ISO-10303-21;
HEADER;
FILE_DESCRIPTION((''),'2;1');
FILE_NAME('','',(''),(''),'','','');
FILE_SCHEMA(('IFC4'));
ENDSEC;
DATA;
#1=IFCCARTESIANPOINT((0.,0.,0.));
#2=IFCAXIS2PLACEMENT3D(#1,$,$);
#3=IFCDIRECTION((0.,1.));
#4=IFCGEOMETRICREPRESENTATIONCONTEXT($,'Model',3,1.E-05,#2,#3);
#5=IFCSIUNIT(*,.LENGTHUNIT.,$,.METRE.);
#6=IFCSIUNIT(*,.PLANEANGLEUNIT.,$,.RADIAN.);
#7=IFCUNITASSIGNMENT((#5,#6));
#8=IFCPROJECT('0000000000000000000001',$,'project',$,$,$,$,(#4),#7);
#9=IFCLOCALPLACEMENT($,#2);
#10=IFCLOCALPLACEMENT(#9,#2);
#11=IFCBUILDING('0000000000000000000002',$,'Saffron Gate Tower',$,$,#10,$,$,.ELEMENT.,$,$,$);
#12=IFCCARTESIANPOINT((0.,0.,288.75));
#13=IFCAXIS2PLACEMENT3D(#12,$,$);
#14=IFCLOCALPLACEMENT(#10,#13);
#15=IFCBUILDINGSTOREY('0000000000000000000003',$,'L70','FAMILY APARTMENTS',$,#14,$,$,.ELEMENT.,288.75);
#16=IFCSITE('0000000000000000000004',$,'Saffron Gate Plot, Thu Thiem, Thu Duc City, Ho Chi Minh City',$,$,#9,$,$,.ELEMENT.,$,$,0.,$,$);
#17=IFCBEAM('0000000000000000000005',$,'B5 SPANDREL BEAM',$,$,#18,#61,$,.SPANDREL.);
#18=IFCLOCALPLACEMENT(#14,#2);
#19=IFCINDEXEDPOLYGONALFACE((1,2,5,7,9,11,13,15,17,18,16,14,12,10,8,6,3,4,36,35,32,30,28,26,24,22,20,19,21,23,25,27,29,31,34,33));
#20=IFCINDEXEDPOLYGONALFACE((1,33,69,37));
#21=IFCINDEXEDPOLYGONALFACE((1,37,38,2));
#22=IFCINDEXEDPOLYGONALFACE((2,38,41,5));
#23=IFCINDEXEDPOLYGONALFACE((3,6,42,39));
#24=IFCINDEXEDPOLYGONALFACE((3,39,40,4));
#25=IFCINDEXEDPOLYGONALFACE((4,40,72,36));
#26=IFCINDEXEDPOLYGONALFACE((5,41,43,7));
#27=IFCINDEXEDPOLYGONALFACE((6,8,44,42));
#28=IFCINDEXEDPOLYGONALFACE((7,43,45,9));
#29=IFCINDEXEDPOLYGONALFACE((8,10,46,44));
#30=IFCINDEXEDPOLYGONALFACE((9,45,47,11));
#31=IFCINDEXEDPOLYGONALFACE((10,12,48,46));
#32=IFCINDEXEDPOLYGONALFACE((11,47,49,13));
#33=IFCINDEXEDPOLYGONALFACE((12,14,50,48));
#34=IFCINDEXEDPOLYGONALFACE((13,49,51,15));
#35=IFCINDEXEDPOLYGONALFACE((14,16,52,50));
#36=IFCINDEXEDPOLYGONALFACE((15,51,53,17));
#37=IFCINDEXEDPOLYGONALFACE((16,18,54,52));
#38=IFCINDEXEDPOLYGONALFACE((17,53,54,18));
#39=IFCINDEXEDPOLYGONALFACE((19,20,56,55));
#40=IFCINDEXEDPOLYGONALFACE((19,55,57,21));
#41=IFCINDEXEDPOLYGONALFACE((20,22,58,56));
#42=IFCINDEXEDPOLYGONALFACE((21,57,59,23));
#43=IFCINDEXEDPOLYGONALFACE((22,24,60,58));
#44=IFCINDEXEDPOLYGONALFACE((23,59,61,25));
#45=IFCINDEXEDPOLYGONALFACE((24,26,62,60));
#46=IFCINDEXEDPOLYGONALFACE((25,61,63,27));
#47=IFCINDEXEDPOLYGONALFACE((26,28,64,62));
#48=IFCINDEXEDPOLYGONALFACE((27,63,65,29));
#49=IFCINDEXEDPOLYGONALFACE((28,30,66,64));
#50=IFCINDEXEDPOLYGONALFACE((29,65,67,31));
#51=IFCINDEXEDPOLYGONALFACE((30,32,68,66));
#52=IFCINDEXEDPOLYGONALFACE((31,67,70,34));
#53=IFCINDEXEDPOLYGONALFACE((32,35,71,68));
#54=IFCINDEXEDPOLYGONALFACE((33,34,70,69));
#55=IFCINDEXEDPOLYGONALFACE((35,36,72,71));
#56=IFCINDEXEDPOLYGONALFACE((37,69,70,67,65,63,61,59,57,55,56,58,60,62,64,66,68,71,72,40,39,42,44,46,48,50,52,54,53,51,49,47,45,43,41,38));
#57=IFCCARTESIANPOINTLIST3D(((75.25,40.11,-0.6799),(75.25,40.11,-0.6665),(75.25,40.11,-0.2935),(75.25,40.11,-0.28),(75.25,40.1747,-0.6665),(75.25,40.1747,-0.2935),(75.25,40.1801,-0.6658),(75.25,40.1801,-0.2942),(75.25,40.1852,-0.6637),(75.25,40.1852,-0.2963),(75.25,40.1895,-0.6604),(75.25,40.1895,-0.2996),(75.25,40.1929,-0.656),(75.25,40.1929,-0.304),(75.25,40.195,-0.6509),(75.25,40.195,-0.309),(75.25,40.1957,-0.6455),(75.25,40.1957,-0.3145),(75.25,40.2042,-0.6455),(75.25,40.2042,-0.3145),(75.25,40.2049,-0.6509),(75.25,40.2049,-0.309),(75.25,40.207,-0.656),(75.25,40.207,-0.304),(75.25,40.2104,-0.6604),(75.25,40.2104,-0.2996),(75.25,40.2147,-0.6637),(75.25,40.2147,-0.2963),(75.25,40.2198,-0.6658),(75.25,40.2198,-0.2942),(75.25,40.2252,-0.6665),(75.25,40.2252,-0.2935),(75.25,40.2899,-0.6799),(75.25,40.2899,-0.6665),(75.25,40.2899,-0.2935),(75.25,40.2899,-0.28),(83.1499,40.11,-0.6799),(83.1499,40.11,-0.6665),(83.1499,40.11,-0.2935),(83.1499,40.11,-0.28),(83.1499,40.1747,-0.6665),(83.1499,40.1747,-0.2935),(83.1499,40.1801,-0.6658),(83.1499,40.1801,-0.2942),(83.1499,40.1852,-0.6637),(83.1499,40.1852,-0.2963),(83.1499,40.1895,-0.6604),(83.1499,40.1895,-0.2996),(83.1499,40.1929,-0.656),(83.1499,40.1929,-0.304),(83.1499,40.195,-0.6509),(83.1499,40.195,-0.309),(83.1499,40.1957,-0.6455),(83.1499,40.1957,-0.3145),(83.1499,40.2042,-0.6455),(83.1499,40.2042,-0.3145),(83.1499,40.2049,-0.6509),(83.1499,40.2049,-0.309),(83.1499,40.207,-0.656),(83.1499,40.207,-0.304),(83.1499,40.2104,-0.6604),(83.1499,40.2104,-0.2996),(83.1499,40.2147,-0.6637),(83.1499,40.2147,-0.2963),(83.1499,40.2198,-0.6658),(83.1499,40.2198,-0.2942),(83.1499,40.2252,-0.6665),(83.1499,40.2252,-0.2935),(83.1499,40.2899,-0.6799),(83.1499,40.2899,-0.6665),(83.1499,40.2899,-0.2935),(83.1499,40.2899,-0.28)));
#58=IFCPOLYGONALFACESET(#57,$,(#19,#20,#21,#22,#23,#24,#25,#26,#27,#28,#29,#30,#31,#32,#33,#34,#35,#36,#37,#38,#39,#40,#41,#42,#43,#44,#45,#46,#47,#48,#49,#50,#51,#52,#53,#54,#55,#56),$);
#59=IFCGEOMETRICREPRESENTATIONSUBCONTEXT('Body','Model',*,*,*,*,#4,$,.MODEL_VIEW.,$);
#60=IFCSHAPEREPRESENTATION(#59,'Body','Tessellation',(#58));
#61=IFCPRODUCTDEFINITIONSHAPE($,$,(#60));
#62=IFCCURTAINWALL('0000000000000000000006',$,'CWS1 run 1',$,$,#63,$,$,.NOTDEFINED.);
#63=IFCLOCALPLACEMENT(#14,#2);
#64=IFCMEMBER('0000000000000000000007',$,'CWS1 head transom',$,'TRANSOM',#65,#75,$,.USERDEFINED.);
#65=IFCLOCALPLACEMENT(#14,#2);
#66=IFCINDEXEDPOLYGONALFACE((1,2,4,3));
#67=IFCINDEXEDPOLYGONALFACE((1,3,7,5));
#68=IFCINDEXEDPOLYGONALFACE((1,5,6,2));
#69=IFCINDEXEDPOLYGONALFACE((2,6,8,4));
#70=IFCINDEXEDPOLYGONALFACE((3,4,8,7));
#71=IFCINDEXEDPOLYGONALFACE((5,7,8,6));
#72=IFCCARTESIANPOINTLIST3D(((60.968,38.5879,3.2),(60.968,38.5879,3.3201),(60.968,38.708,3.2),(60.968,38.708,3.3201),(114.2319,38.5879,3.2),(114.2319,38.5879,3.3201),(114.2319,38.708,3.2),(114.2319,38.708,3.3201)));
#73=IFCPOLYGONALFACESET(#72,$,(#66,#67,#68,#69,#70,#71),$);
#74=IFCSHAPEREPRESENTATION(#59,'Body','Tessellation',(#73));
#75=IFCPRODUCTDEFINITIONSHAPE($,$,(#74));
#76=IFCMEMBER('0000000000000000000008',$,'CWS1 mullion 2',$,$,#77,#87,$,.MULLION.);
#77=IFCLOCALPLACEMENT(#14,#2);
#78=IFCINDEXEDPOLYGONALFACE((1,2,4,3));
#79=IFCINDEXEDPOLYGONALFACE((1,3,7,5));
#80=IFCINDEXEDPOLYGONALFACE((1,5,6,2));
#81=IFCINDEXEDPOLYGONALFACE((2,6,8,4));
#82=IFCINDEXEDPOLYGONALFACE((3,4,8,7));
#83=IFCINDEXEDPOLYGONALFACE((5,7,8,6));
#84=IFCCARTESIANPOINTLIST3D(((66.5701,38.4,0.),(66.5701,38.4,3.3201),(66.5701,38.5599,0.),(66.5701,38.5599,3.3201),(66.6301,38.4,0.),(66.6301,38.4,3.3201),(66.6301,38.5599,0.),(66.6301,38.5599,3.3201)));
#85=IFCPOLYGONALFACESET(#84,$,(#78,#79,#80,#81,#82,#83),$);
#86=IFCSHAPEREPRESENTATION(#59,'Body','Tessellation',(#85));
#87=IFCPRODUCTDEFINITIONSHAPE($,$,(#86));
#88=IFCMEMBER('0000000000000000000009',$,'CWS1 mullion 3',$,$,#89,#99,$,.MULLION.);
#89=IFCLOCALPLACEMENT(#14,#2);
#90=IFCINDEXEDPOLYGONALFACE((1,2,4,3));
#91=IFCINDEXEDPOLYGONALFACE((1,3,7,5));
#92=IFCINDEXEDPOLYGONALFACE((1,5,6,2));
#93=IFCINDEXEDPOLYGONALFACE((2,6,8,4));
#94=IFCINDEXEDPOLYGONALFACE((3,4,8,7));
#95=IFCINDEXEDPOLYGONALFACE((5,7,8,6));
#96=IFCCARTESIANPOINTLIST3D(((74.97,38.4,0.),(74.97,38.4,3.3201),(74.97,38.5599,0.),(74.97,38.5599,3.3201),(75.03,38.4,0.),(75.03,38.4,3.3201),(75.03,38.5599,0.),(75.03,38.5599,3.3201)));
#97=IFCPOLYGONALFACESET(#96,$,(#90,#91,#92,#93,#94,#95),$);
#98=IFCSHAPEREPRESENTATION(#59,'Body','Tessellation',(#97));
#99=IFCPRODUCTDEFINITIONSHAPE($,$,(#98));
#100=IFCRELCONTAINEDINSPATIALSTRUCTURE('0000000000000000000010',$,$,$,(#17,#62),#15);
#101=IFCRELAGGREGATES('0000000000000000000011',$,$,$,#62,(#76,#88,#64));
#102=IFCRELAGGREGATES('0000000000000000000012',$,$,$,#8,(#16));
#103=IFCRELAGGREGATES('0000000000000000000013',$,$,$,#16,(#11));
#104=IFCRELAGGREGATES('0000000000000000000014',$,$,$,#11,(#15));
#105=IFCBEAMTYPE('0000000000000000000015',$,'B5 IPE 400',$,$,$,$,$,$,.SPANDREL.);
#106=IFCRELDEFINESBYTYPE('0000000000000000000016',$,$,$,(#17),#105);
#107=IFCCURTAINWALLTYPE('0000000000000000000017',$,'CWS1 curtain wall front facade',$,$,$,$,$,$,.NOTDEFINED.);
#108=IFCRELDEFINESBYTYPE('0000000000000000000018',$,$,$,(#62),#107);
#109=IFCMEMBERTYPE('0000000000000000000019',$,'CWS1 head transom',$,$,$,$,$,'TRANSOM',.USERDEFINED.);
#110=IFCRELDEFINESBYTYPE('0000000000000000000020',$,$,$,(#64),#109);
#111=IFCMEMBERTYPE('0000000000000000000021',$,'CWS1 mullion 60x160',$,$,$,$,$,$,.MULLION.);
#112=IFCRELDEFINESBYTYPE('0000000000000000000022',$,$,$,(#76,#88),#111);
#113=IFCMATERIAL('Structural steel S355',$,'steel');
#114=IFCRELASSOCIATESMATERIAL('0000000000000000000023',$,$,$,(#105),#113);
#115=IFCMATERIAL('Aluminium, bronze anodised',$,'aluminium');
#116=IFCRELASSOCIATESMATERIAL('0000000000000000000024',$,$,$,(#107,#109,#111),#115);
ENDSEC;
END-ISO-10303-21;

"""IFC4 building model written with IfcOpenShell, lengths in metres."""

from ifc_helpers import new_model, si_unit, direction, frame, origin, origin_2d, place, context, subcontext, project, spatial, rectangle, i_section, extrude, material, material_profile, profile_set, type_object, element, aggregate, save


model = new_model("IFC4")

# Units and contexts
model_context = context("Model", 3, precision=1e-05, world=origin(), true_north=direction((0.0, 1.0)))
body_context = subcontext(model_context, "Body", "Model", "MODEL_VIEW")
ifc_project = project(units=[si_unit("LENGTHUNIT", "METRE"), si_unit("PLANEANGLEUNIT", "RADIAN")], contexts=[model_context])

# Site, building, storey
site_placement = place(None, origin())
site = spatial("IfcSite", under=ifc_project, at=site_placement, Name="Saffron Gate Plot, Thu Thiem, Thu Duc City, Ho Chi Minh City", CompositionType="ELEMENT", RefElevation=0.0)
building_placement = place(site_placement, origin())
building = spatial("IfcBuilding", under=site, at=building_placement, Name="Saffron Gate Tower", CompositionType="ELEMENT")
storey_placement = place(building_placement, frame((0.0, 0.0, 288.75)))
storey = spatial("IfcBuildingStorey", under=building, at=storey_placement, Name="L70", Description="FAMILY APARTMENTS", CompositionType="ELEMENT", Elevation=288.75)

# Beam
ifc_material_1 = material(Name="Structural steel S355", Category="steel")
ifc_material_profile_1 = material_profile(ifc_material_1, i_section(OverallWidth=0.1799, OverallDepth=0.3999, WebThickness=0.0085, FlangeThickness=0.0134, FilletRadius=0.021, at=origin_2d()))
ifc_profile_set_1 = profile_set([ifc_material_profile_1], Name="Structural steel S355")
beam_type_1 = type_object("IfcBeamType", Name="B5 IPE 400", PredefinedType="SPANDREL", material=ifc_profile_set_1)
for number, where, z_axis, x_axis, name in (
    (1, (75.25, 40.2, -0.48), (1.0, 0.0, 0.0), (0.0, 1.0, 0.0), "B5 SPANDREL BEAM"),
):
    element("IfcBeam", number, at=place(storey_placement, frame(where, z_axis=z_axis, x_axis=x_axis)), inside=storey, type_object=beam_type_1, Name=name, PredefinedType="SPANDREL", context=body_context, shape_type="SweptSolid", body=[
        extrude(i_section(OverallWidth=0.1799, OverallDepth=0.3999, WebThickness=0.0085, FlangeThickness=0.0134, FilletRadius=0.021, at=origin_2d()), origin(), (0.0, 0.0, 1.0), 7.8999),
    ])

# Curtain wall, members
ifc_material_2 = material(Name="Aluminium, bronze anodised", Category="aluminium")
curtain_wall_type = type_object("IfcCurtainWallType", Name="CWS1 curtain wall front facade", PredefinedType="NOTDEFINED", material=ifc_material_2)
curtain_wall_placement = place(storey_placement, origin())
curtain_wall = element("IfcCurtainWall", 2, at=curtain_wall_placement, inside=storey, type_object=curtain_wall_type, Name="CWS1 run 1", PredefinedType="NOTDEFINED")
ifc_material_profile_2 = material_profile(ifc_material_2, rectangle(XDim=0.1201, YDim=0.1201, at=origin_2d()))
ifc_profile_set_2 = profile_set([ifc_material_profile_2], Name="Aluminium, bronze anodised")
member_type_1 = type_object("IfcMemberType", Name="CWS1 head transom", ElementType="TRANSOM", PredefinedType="USERDEFINED", material=ifc_profile_set_2)
member_1_placement = place(storey_placement, frame((60.968, 38.6479, 3.26), z_axis=(1.0, 0.0, 0.0), x_axis=(0.0, 1.0, 0.0)))
member_1 = element("IfcMember", 3, at=member_1_placement, type_object=member_type_1, Name="CWS1 head transom", ObjectType="TRANSOM", PredefinedType="USERDEFINED", context=body_context, shape_type="SweptSolid", body=[
    extrude(rectangle(XDim=0.1201, YDim=0.1201, at=origin_2d()), origin(), (0.0, 0.0, 1.0), 53.2639),
])
ifc_material_profile_3 = material_profile(ifc_material_2, rectangle(XDim=0.1599, YDim=0.0601, at=origin_2d()))
ifc_profile_set_3 = profile_set([ifc_material_profile_3], Name="Aluminium, bronze anodised")
member_type_2 = type_object("IfcMemberType", Name="CWS1 mullion 60x160", PredefinedType="MULLION", material=ifc_profile_set_3)
member_2_placement = place(storey_placement, frame((66.6001, 38.48, 0.0), z_axis=(0.0, 0.0, 1.0), x_axis=(0.0, 1.0, 0.0)))
member_2 = element("IfcMember", 4, at=member_2_placement, type_object=member_type_2, Name="CWS1 mullion 2", PredefinedType="MULLION", context=body_context, shape_type="SweptSolid", body=[
    extrude(rectangle(XDim=0.1599, YDim=0.0601, at=origin_2d()), origin(), (0.0, 0.0, 1.0), 3.3201),
])
member_3_placement = place(storey_placement, frame((75.0, 38.48, 0.0), z_axis=(0.0, 0.0, 1.0), x_axis=(0.0, 1.0, 0.0)))
member_3 = element("IfcMember", 5, at=member_3_placement, type_object=member_type_2, Name="CWS1 mullion 3", PredefinedType="MULLION", context=body_context, shape_type="SweptSolid", body=[
    extrude(rectangle(XDim=0.1599, YDim=0.0601, at=origin_2d()), origin(), (0.0, 0.0, 1.0), 3.3201),
])
aggregate(curtain_wall, [member_2, member_3, member_1])

save(model, "model.ifc")
